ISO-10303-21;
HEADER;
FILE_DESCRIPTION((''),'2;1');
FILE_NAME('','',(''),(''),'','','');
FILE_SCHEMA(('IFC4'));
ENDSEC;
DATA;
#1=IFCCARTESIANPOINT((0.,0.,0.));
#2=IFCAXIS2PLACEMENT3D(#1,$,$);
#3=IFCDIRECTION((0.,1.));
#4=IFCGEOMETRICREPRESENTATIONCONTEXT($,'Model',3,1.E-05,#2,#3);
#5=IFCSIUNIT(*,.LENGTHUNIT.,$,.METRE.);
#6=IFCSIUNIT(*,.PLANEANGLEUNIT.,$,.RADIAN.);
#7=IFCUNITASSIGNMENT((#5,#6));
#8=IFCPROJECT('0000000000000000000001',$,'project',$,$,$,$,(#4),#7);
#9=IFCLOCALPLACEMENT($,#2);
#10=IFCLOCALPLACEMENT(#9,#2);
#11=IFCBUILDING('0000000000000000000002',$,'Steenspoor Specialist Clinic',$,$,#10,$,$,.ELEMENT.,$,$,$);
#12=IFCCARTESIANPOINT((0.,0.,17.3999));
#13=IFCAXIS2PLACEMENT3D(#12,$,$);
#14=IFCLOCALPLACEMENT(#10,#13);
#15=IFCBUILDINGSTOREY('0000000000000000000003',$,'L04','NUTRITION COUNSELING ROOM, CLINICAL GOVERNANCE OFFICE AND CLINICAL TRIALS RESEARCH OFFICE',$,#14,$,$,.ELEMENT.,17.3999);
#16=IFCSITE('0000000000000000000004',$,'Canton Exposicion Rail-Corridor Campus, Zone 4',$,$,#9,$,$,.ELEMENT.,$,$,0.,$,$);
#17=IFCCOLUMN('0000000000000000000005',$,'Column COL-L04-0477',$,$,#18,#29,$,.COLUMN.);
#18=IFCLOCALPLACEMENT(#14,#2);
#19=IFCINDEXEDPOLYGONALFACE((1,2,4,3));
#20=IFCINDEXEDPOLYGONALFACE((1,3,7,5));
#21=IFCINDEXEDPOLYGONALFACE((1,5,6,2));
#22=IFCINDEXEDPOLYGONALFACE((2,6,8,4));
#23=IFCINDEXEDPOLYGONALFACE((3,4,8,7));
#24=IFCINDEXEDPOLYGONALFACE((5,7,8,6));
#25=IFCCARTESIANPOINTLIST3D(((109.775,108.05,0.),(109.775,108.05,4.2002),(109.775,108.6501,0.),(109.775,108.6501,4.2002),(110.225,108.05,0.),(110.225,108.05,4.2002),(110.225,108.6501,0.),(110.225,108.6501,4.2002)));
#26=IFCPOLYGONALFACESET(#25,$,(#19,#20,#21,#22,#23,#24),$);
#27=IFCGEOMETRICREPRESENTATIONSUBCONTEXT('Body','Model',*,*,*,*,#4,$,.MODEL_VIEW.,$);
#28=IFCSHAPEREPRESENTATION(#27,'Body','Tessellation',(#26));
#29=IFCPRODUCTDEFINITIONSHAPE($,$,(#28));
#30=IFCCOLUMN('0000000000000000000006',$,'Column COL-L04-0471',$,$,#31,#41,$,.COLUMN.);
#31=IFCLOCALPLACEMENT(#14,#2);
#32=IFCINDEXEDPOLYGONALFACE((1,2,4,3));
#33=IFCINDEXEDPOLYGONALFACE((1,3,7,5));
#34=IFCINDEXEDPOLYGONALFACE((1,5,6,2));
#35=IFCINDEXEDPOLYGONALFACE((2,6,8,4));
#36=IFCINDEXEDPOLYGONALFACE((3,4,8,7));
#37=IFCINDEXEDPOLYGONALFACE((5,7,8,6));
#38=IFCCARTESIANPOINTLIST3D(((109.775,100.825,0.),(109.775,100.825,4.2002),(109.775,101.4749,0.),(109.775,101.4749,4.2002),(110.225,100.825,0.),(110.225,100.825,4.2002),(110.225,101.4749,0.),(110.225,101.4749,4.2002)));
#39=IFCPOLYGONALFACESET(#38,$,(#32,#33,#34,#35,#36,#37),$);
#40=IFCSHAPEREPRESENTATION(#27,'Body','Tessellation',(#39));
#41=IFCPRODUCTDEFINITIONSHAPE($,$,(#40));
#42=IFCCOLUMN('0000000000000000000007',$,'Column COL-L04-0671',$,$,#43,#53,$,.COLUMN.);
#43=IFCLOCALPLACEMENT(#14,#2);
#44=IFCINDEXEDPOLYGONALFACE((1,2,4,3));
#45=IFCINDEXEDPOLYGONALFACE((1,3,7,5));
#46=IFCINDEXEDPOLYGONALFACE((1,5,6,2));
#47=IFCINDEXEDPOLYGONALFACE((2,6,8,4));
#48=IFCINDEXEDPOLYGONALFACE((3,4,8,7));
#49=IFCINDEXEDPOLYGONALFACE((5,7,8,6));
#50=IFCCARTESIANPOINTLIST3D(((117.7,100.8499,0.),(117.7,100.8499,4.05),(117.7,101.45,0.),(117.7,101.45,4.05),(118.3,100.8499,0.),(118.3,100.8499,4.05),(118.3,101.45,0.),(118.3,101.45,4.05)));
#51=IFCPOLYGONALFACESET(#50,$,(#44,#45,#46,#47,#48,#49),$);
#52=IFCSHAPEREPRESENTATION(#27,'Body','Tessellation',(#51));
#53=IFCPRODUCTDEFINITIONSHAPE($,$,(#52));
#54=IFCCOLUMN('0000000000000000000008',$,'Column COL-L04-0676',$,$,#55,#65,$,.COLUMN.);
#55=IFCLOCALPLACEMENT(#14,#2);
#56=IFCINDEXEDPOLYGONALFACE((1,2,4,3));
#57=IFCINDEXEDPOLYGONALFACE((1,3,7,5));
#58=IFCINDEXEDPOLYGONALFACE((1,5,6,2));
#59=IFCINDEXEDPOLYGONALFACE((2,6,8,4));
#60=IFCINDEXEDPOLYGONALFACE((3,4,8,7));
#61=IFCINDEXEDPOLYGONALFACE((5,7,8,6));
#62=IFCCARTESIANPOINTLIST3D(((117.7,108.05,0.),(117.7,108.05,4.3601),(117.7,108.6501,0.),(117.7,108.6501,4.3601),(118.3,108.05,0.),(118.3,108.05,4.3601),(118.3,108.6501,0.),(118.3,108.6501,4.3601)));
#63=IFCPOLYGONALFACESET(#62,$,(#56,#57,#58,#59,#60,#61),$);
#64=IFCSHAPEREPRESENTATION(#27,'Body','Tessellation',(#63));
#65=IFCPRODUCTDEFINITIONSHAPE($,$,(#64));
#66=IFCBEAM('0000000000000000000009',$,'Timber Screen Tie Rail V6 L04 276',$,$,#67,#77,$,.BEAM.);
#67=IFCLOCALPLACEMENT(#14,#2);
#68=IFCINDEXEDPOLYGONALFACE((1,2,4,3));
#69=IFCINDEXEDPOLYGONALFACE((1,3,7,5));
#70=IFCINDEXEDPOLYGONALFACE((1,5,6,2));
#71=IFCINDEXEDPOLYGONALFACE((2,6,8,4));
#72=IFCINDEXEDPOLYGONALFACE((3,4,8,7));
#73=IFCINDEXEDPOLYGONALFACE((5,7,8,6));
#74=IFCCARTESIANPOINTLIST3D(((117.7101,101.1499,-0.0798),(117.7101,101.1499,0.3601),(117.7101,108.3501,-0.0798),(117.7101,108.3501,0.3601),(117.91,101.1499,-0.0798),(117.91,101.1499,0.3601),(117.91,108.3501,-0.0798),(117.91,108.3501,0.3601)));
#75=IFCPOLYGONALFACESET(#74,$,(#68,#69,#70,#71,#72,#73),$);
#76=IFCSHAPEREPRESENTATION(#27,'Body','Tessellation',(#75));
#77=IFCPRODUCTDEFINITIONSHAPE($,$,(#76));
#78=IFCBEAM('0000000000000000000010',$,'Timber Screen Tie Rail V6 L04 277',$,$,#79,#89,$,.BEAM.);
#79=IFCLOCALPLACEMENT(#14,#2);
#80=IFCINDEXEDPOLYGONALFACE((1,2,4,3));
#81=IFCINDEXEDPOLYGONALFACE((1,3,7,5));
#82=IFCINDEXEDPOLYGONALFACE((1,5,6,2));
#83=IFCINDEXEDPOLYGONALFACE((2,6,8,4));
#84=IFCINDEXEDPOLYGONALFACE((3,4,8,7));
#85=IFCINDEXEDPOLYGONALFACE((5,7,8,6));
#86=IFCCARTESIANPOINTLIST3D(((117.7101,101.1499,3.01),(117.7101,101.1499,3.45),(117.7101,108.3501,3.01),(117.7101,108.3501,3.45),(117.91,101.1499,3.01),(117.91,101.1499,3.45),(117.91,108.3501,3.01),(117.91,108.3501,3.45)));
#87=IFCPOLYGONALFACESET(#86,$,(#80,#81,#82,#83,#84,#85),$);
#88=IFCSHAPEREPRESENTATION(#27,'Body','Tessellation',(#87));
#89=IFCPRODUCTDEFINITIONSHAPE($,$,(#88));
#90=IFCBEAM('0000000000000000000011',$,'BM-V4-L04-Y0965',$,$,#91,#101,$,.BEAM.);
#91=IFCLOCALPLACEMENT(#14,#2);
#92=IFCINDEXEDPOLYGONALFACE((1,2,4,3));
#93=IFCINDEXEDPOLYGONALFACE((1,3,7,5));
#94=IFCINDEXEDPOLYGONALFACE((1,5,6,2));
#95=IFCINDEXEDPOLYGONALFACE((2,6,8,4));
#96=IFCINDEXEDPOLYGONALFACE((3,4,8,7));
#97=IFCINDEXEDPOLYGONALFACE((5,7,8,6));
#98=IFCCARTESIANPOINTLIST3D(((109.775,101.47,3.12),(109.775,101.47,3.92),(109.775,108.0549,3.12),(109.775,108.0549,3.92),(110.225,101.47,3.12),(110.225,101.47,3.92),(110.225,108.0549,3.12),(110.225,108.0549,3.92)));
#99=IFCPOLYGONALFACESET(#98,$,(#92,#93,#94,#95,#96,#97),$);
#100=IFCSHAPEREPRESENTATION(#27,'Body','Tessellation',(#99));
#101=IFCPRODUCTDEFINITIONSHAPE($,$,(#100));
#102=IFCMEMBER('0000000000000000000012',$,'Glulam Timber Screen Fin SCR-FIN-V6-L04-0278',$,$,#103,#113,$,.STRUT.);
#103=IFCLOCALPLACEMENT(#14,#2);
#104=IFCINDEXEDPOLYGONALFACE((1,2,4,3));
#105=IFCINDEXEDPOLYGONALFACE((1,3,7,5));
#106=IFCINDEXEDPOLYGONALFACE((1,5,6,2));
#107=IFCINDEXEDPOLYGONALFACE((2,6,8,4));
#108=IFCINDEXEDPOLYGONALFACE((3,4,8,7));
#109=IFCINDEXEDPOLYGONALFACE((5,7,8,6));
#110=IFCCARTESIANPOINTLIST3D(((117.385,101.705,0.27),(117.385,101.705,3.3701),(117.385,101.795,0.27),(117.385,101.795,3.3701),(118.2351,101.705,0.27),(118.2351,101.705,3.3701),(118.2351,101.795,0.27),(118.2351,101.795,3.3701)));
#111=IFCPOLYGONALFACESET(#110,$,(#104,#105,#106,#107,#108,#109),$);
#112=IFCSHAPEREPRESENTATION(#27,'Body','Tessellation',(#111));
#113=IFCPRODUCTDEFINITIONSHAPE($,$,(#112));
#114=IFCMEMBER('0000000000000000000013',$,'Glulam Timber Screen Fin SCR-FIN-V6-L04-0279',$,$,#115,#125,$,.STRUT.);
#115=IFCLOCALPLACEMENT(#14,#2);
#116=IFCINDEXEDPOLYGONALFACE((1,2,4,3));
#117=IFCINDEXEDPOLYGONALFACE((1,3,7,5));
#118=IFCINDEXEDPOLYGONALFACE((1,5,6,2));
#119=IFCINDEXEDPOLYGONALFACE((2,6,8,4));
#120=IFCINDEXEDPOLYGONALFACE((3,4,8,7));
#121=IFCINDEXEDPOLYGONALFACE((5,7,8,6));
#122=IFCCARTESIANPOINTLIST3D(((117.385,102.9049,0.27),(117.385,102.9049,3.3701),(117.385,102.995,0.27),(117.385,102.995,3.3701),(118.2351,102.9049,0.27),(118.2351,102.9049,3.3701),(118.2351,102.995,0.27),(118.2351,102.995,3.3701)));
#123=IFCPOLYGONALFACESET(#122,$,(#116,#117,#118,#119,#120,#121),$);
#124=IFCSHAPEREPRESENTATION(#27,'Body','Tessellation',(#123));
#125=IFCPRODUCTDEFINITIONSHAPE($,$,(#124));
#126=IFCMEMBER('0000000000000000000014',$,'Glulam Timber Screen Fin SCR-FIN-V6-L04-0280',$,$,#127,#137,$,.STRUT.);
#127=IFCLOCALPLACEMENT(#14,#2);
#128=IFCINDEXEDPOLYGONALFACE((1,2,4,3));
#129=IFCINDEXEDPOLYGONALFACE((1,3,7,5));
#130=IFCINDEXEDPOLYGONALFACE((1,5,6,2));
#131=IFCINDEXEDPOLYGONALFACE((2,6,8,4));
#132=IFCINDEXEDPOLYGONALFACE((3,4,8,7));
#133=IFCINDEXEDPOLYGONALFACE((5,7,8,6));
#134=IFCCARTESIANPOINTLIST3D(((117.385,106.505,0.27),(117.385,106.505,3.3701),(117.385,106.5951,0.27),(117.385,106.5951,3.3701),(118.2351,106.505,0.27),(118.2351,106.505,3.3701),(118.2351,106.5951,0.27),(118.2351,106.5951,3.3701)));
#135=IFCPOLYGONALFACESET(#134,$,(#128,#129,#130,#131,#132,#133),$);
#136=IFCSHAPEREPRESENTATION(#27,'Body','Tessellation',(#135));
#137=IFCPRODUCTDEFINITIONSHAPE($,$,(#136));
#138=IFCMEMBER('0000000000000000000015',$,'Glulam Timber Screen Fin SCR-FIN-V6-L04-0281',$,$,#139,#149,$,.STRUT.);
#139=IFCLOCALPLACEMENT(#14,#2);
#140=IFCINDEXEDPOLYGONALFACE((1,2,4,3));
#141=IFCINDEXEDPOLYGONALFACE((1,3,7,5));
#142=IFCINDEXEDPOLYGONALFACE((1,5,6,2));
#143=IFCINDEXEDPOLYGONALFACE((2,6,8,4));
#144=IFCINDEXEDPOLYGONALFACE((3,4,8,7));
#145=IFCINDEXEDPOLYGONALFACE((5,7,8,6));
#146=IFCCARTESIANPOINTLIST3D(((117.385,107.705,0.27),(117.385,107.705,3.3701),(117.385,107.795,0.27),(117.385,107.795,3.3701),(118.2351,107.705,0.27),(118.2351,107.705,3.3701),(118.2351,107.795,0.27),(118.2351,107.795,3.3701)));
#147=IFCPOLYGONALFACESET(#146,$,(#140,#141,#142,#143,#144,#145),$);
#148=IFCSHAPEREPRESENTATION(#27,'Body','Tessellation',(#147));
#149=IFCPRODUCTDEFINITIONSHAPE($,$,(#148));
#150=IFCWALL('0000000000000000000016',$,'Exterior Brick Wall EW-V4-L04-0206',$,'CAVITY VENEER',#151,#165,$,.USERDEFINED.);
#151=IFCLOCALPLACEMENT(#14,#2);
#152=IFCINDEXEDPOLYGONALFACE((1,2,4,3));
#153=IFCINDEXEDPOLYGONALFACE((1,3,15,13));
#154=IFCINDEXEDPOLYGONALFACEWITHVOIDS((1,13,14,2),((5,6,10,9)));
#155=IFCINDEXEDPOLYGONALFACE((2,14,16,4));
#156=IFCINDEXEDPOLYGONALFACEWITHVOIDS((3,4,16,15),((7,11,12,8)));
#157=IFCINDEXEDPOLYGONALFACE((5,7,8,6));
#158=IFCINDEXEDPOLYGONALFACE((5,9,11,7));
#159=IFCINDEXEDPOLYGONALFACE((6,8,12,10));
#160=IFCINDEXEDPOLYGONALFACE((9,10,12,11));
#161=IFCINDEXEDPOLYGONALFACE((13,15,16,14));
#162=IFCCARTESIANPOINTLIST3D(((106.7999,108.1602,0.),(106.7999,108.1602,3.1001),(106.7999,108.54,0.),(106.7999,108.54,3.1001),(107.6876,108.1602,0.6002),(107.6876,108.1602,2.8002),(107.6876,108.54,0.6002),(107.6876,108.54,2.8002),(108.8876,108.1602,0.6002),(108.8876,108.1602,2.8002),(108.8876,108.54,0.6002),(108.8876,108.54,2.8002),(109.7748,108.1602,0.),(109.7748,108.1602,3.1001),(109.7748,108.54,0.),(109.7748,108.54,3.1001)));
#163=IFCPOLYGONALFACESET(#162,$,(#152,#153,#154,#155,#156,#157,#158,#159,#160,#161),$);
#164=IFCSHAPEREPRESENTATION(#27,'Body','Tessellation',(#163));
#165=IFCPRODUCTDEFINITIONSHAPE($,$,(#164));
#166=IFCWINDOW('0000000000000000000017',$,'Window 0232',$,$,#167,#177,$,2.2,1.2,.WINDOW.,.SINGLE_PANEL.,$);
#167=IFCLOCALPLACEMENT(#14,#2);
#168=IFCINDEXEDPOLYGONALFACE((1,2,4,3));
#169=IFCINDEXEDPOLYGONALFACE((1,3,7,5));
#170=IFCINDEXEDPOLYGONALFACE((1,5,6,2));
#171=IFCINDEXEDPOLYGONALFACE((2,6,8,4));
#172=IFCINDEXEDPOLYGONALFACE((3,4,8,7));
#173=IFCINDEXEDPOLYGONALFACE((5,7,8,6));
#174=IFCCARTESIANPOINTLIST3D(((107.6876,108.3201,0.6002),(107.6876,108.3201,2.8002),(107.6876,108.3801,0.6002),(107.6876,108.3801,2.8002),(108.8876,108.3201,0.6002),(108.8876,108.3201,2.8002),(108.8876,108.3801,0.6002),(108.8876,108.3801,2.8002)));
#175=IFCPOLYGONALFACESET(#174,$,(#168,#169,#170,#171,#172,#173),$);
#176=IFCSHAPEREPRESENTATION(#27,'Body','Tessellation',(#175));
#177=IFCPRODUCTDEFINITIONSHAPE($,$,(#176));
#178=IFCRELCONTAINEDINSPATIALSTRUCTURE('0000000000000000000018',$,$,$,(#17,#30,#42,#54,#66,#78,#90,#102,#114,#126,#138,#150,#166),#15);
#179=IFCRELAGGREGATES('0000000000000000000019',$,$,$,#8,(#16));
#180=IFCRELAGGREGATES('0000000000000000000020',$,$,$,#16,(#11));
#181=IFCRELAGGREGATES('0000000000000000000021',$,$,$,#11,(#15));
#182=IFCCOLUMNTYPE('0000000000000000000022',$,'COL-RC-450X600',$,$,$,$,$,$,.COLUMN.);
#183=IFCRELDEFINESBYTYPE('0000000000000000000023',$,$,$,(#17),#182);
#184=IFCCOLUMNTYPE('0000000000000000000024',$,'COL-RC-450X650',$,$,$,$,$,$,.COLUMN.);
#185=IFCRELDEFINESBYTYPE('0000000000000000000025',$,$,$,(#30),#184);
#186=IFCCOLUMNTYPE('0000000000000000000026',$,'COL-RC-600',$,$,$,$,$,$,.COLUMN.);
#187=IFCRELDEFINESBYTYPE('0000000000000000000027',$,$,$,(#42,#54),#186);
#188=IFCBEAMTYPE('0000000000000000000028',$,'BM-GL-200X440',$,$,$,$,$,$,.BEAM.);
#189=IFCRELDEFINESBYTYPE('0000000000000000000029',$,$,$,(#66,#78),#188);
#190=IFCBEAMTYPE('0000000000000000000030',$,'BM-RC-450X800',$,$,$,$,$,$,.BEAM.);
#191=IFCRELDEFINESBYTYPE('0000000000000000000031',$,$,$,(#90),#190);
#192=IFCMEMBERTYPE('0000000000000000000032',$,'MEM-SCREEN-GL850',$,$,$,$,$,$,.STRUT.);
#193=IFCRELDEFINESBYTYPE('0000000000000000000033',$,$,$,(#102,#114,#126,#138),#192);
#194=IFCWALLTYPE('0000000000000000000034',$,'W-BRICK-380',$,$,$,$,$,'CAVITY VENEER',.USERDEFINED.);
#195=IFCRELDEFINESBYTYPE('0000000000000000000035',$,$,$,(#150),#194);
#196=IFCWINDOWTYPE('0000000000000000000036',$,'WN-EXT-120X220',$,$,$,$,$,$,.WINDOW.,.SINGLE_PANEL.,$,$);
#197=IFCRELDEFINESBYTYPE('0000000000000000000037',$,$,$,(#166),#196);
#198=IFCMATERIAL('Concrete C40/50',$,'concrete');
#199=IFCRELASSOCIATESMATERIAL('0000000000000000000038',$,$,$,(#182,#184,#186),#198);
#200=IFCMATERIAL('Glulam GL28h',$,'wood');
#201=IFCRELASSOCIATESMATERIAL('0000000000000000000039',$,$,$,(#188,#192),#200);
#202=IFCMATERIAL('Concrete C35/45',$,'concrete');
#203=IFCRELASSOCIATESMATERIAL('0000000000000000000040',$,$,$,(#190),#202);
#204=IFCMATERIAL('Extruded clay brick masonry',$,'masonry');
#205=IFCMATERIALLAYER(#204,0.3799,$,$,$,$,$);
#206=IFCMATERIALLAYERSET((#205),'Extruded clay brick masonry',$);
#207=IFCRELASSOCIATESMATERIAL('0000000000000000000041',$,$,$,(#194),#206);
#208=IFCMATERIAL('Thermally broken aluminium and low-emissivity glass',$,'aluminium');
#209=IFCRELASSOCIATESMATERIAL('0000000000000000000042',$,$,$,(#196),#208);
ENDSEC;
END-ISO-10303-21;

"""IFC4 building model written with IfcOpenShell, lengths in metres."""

from ifc_helpers import new_model, si_unit, direction, frame, frame_2d, origin, origin_2d, place, context, subcontext, project, spatial, rectangle, extrude, material, layer, layer_set, material_profile, profile_set, type_object, element, fill, save


model = new_model("IFC4")

# Units and contexts
model_context = context("Model", 3, precision=1e-05, world=origin(), true_north=direction((0.0, 1.0)))
body_context = subcontext(model_context, "Body", "Model", "MODEL_VIEW")
ifc_project = project(units=[si_unit("LENGTHUNIT", "METRE"), si_unit("PLANEANGLEUNIT", "RADIAN")], contexts=[model_context])

# Site, building, storey
site_placement = place(None, origin())
site = spatial("IfcSite", under=ifc_project, at=site_placement, Name="Canton Exposicion Rail-Corridor Campus, Zone 4", CompositionType="ELEMENT", RefElevation=0.0)
building_placement = place(site_placement, origin())
building = spatial("IfcBuilding", under=site, at=building_placement, Name="Steenspoor Specialist Clinic", CompositionType="ELEMENT")
storey_placement = place(building_placement, frame((0.0, 0.0, 17.3999)))
storey = spatial("IfcBuildingStorey", under=building, at=storey_placement, Name="L04", Description="NUTRITION COUNSELING ROOM, CLINICAL GOVERNANCE OFFICE AND CLINICAL TRIALS RESEARCH OFFICE", CompositionType="ELEMENT", Elevation=17.3999)

# Columns
ifc_material_1 = material(Name="Concrete C40/50", Category="concrete")
ifc_material_profile_1 = material_profile(ifc_material_1, rectangle(XDim=0.45, YDim=0.6001, at=origin_2d()), Name="RC-COL-450X600")
ifc_profile_set_1 = profile_set([ifc_material_profile_1], Name="Concrete C40/50")
column_type_1 = type_object("IfcColumnType", Name="COL-RC-450X600", PredefinedType="COLUMN", material=ifc_profile_set_1)
column_1_placement = place(storey_placement, frame((110.0, 108.3501, 0.0), z_axis=(0.0, 0.0, 1.0), x_axis=(1.0, 0.0, 0.0)))
element("IfcColumn", 1, at=column_1_placement, inside=storey, type_object=column_type_1, Name="Column COL-L04-0477", PredefinedType="COLUMN", context=body_context, shape_type="SweptSolid", body=[
    extrude(rectangle(XDim=0.45, YDim=0.6001, at=origin_2d()), origin(), (0.0, 0.0, 1.0), 4.2002),
])
ifc_material_profile_2 = material_profile(ifc_material_1, rectangle(XDim=0.45, YDim=0.6499, at=origin_2d()), Name="RC-COL-450X650")
ifc_profile_set_2 = profile_set([ifc_material_profile_2], Name="Concrete C40/50")
column_type_2 = type_object("IfcColumnType", Name="COL-RC-450X650", PredefinedType="COLUMN", material=ifc_profile_set_2)
column_2_placement = place(storey_placement, frame((110.0, 101.1499, 0.0), z_axis=(0.0, 0.0, 1.0), x_axis=(1.0, 0.0, 0.0)))
element("IfcColumn", 2, at=column_2_placement, inside=storey, type_object=column_type_2, Name="Column COL-L04-0471", PredefinedType="COLUMN", context=body_context, shape_type="SweptSolid", body=[
    extrude(rectangle(XDim=0.45, YDim=0.6499, at=origin_2d()), origin(), (0.0, 0.0, 1.0), 4.2002),
])
ifc_material_profile_3 = material_profile(ifc_material_1, rectangle(XDim=0.6001, YDim=0.6001, at=origin_2d()), Name="RC-COL-600X600")
ifc_profile_set_3 = profile_set([ifc_material_profile_3], Name="Concrete C40/50")
column_type_3 = type_object("IfcColumnType", Name="COL-RC-600", PredefinedType="COLUMN", material=ifc_profile_set_3)
column_3_placement = place(storey_placement, frame((118.0, 101.1499, 0.0), z_axis=(0.0, 0.0, 1.0), x_axis=(1.0, 0.0, 0.0)))
element("IfcColumn", 3, at=column_3_placement, inside=storey, type_object=column_type_3, Name="Column COL-L04-0671", PredefinedType="COLUMN", context=body_context, shape_type="SweptSolid", body=[
    extrude(rectangle(XDim=0.6001, YDim=0.6001, at=origin_2d()), origin(), (0.0, 0.0, 1.0), 4.05),
])
column_4_placement = place(storey_placement, frame((118.0, 108.3501, 0.0), z_axis=(0.0, 0.0, 1.0), x_axis=(1.0, 0.0, 0.0)))
element("IfcColumn", 4, at=column_4_placement, inside=storey, type_object=column_type_3, Name="Column COL-L04-0676", PredefinedType="COLUMN", context=body_context, shape_type="SweptSolid", body=[
    extrude(rectangle(XDim=0.6001, YDim=0.6001, at=origin_2d()), origin(), (0.0, 0.0, 1.0), 4.3601),
])

# Beams
ifc_material_2 = material(Name="Glulam GL28h", Category="wood")
ifc_material_profile_4 = material_profile(ifc_material_2, rectangle(XDim=0.2, YDim=0.4399, at=origin_2d()), Name="GL28H-200X440")
ifc_profile_set_4 = profile_set([ifc_material_profile_4], Name="Glulam GL28h")
beam_type_1 = type_object("IfcBeamType", Name="BM-GL-200X440", PredefinedType="BEAM", material=ifc_profile_set_4)
for number, where, z_axis, x_axis, name in (
    (5, (117.8101, 101.1499, 0.1401), (0.0, 1.0, 0.0), (-1.0, 0.0, 0.0), "Timber Screen Tie Rail V6 L04 276"),
    (6, (117.8101, 101.1499, 3.23), (0.0, 1.0, 0.0), (-1.0, 0.0, 0.0), "Timber Screen Tie Rail V6 L04 277"),
):
    element("IfcBeam", number, at=place(storey_placement, frame(where, z_axis=z_axis, x_axis=x_axis)), inside=storey, type_object=beam_type_1, Name=name, PredefinedType="BEAM", context=body_context, shape_type="SweptSolid", body=[
        extrude(rectangle(XDim=0.2, YDim=0.4399, at=origin_2d()), origin(), (0.0, 0.0, 1.0), 7.2002),
    ])
ifc_material_3 = material(Name="Concrete C35/45", Category="concrete")
ifc_material_profile_5 = material_profile(ifc_material_3, rectangle(XDim=0.45, YDim=0.8, at=origin_2d()), Name="RC-BM-450X800")
ifc_profile_set_5 = profile_set([ifc_material_profile_5], Name="Concrete C35/45")
beam_type_2 = type_object("IfcBeamType", Name="BM-RC-450X800", PredefinedType="BEAM", material=ifc_profile_set_5)
beam_placement = place(storey_placement, frame((110.0, 101.47, 3.52), z_axis=(0.0, 1.0, 0.0), x_axis=(-1.0, 0.0, 0.0)))
element("IfcBeam", 7, at=beam_placement, inside=storey, type_object=beam_type_2, Name="BM-V4-L04-Y0965", PredefinedType="BEAM", context=body_context, shape_type="SweptSolid", body=[
    extrude(rectangle(XDim=0.45, YDim=0.8, at=origin_2d()), origin(), (0.0, 0.0, 1.0), 6.585),
])

# Members
ifc_material_profile_6 = material_profile(ifc_material_2, rectangle(XDim=0.0901, YDim=0.8501, at=origin_2d()), Name="GL28H-90X850")
ifc_profile_set_6 = profile_set([ifc_material_profile_6], Name="Glulam GL28h")
member_type = type_object("IfcMemberType", Name="MEM-SCREEN-GL850", PredefinedType="STRUT", material=ifc_profile_set_6)
for number, where, z_axis, x_axis, name in (
    (8, (117.8101, 101.75, 0.27), (0.0, 0.0, 1.0), (0.0, 1.0, 0.0), "Glulam Timber Screen Fin SCR-FIN-V6-L04-0278"),
    (9, (117.8101, 102.95, 0.27), (0.0, 0.0, 1.0), (0.0, 1.0, 0.0), "Glulam Timber Screen Fin SCR-FIN-V6-L04-0279"),
    (10, (117.8101, 106.55, 0.27), (0.0, 0.0, 1.0), (0.0, 1.0, 0.0), "Glulam Timber Screen Fin SCR-FIN-V6-L04-0280"),
    (11, (117.8101, 107.75, 0.27), (0.0, 0.0, 1.0), (0.0, 1.0, 0.0), "Glulam Timber Screen Fin SCR-FIN-V6-L04-0281"),
):
    element("IfcMember", number, at=place(storey_placement, frame(where, z_axis=z_axis, x_axis=x_axis)), inside=storey, type_object=member_type, Name=name, PredefinedType="STRUT", context=body_context, shape_type="SweptSolid", body=[
        extrude(rectangle(XDim=0.0901, YDim=0.8501, at=origin_2d()), origin(), (0.0, 0.0, 1.0), 3.1001),
    ])

# Wall, opening, window
ifc_material_4 = material(Name="Extruded clay brick masonry", Category="masonry")
ifc_layer_1 = layer(ifc_material_4, 0.3799)
ifc_layer_set_1 = layer_set([ifc_layer_1], Name="Extruded clay brick masonry")
wall_type_1 = type_object("IfcWallType", Name="W-BRICK-380", ElementType="CAVITY VENEER", PredefinedType="USERDEFINED", material=ifc_layer_set_1)
wall_1_placement = place(storey_placement, frame((106.8, 108.3501, 0.0), z_axis=(0.0, 0.0, 1.0), x_axis=(1.0, 0.0, 0.0)))
wall_1 = element("IfcWall", 12, at=wall_1_placement, inside=storey, type_object=wall_type_1, Name="Exterior Brick Wall EW-V4-L04-0206", ObjectType="CAVITY VENEER", PredefinedType="USERDEFINED", context=body_context, shape_type="SweptSolid", body=[
    extrude(rectangle(XDim=2.9749, YDim=0.3799, at=frame_2d((1.4873, 0.0))), origin(), (0.0, 0.0, 1.0), 3.1001),
])
opening_1_placement = place(wall_1_placement, frame((0.8875, 0.0, 0.6001)))
opening_1 = element("IfcOpeningElement", 13, at=opening_1_placement, cuts=wall_1, PredefinedType="OPENING", context=body_context, shape_type="SweptSolid", body=[
    extrude(rectangle(XDim=1.2, YDim=2.2, at=frame_2d((0.6001, 1.1001))), frame((0.0, 0.2, 0.0), z_axis=(0.0, -1.0, 0.0), x_axis=(1.0, 0.0, 0.0)), (0.0, 0.0, 1.0), 0.3999),
])
ifc_material_5 = material(Name="Thermally broken aluminium and low-emissivity glass", Category="aluminium")
window_type = type_object("IfcWindowType", Name="WN-EXT-120X220", PartitioningType="SINGLE_PANEL", PredefinedType="WINDOW", material=ifc_material_5)
window_placement = place(opening_1_placement, origin())
window = element("IfcWindow", 14, at=window_placement, inside=storey, type_object=window_type, Name="Window 0232", OverallHeight=2.2, OverallWidth=1.2, PartitioningType="SINGLE_PANEL", PredefinedType="WINDOW", context=body_context, shape_type="SweptSolid", body=[
    extrude(rectangle(XDim=1.2, YDim=2.2, at=frame_2d((0.6001, 1.1001))), frame((0.0, 0.03, 0.0), z_axis=(0.0, -1.0, 0.0), x_axis=(1.0, 0.0, 0.0)), (0.0, 0.0, 1.0), 0.0601),
])
fill(opening_1, window)

save(model, "model.ifc")
